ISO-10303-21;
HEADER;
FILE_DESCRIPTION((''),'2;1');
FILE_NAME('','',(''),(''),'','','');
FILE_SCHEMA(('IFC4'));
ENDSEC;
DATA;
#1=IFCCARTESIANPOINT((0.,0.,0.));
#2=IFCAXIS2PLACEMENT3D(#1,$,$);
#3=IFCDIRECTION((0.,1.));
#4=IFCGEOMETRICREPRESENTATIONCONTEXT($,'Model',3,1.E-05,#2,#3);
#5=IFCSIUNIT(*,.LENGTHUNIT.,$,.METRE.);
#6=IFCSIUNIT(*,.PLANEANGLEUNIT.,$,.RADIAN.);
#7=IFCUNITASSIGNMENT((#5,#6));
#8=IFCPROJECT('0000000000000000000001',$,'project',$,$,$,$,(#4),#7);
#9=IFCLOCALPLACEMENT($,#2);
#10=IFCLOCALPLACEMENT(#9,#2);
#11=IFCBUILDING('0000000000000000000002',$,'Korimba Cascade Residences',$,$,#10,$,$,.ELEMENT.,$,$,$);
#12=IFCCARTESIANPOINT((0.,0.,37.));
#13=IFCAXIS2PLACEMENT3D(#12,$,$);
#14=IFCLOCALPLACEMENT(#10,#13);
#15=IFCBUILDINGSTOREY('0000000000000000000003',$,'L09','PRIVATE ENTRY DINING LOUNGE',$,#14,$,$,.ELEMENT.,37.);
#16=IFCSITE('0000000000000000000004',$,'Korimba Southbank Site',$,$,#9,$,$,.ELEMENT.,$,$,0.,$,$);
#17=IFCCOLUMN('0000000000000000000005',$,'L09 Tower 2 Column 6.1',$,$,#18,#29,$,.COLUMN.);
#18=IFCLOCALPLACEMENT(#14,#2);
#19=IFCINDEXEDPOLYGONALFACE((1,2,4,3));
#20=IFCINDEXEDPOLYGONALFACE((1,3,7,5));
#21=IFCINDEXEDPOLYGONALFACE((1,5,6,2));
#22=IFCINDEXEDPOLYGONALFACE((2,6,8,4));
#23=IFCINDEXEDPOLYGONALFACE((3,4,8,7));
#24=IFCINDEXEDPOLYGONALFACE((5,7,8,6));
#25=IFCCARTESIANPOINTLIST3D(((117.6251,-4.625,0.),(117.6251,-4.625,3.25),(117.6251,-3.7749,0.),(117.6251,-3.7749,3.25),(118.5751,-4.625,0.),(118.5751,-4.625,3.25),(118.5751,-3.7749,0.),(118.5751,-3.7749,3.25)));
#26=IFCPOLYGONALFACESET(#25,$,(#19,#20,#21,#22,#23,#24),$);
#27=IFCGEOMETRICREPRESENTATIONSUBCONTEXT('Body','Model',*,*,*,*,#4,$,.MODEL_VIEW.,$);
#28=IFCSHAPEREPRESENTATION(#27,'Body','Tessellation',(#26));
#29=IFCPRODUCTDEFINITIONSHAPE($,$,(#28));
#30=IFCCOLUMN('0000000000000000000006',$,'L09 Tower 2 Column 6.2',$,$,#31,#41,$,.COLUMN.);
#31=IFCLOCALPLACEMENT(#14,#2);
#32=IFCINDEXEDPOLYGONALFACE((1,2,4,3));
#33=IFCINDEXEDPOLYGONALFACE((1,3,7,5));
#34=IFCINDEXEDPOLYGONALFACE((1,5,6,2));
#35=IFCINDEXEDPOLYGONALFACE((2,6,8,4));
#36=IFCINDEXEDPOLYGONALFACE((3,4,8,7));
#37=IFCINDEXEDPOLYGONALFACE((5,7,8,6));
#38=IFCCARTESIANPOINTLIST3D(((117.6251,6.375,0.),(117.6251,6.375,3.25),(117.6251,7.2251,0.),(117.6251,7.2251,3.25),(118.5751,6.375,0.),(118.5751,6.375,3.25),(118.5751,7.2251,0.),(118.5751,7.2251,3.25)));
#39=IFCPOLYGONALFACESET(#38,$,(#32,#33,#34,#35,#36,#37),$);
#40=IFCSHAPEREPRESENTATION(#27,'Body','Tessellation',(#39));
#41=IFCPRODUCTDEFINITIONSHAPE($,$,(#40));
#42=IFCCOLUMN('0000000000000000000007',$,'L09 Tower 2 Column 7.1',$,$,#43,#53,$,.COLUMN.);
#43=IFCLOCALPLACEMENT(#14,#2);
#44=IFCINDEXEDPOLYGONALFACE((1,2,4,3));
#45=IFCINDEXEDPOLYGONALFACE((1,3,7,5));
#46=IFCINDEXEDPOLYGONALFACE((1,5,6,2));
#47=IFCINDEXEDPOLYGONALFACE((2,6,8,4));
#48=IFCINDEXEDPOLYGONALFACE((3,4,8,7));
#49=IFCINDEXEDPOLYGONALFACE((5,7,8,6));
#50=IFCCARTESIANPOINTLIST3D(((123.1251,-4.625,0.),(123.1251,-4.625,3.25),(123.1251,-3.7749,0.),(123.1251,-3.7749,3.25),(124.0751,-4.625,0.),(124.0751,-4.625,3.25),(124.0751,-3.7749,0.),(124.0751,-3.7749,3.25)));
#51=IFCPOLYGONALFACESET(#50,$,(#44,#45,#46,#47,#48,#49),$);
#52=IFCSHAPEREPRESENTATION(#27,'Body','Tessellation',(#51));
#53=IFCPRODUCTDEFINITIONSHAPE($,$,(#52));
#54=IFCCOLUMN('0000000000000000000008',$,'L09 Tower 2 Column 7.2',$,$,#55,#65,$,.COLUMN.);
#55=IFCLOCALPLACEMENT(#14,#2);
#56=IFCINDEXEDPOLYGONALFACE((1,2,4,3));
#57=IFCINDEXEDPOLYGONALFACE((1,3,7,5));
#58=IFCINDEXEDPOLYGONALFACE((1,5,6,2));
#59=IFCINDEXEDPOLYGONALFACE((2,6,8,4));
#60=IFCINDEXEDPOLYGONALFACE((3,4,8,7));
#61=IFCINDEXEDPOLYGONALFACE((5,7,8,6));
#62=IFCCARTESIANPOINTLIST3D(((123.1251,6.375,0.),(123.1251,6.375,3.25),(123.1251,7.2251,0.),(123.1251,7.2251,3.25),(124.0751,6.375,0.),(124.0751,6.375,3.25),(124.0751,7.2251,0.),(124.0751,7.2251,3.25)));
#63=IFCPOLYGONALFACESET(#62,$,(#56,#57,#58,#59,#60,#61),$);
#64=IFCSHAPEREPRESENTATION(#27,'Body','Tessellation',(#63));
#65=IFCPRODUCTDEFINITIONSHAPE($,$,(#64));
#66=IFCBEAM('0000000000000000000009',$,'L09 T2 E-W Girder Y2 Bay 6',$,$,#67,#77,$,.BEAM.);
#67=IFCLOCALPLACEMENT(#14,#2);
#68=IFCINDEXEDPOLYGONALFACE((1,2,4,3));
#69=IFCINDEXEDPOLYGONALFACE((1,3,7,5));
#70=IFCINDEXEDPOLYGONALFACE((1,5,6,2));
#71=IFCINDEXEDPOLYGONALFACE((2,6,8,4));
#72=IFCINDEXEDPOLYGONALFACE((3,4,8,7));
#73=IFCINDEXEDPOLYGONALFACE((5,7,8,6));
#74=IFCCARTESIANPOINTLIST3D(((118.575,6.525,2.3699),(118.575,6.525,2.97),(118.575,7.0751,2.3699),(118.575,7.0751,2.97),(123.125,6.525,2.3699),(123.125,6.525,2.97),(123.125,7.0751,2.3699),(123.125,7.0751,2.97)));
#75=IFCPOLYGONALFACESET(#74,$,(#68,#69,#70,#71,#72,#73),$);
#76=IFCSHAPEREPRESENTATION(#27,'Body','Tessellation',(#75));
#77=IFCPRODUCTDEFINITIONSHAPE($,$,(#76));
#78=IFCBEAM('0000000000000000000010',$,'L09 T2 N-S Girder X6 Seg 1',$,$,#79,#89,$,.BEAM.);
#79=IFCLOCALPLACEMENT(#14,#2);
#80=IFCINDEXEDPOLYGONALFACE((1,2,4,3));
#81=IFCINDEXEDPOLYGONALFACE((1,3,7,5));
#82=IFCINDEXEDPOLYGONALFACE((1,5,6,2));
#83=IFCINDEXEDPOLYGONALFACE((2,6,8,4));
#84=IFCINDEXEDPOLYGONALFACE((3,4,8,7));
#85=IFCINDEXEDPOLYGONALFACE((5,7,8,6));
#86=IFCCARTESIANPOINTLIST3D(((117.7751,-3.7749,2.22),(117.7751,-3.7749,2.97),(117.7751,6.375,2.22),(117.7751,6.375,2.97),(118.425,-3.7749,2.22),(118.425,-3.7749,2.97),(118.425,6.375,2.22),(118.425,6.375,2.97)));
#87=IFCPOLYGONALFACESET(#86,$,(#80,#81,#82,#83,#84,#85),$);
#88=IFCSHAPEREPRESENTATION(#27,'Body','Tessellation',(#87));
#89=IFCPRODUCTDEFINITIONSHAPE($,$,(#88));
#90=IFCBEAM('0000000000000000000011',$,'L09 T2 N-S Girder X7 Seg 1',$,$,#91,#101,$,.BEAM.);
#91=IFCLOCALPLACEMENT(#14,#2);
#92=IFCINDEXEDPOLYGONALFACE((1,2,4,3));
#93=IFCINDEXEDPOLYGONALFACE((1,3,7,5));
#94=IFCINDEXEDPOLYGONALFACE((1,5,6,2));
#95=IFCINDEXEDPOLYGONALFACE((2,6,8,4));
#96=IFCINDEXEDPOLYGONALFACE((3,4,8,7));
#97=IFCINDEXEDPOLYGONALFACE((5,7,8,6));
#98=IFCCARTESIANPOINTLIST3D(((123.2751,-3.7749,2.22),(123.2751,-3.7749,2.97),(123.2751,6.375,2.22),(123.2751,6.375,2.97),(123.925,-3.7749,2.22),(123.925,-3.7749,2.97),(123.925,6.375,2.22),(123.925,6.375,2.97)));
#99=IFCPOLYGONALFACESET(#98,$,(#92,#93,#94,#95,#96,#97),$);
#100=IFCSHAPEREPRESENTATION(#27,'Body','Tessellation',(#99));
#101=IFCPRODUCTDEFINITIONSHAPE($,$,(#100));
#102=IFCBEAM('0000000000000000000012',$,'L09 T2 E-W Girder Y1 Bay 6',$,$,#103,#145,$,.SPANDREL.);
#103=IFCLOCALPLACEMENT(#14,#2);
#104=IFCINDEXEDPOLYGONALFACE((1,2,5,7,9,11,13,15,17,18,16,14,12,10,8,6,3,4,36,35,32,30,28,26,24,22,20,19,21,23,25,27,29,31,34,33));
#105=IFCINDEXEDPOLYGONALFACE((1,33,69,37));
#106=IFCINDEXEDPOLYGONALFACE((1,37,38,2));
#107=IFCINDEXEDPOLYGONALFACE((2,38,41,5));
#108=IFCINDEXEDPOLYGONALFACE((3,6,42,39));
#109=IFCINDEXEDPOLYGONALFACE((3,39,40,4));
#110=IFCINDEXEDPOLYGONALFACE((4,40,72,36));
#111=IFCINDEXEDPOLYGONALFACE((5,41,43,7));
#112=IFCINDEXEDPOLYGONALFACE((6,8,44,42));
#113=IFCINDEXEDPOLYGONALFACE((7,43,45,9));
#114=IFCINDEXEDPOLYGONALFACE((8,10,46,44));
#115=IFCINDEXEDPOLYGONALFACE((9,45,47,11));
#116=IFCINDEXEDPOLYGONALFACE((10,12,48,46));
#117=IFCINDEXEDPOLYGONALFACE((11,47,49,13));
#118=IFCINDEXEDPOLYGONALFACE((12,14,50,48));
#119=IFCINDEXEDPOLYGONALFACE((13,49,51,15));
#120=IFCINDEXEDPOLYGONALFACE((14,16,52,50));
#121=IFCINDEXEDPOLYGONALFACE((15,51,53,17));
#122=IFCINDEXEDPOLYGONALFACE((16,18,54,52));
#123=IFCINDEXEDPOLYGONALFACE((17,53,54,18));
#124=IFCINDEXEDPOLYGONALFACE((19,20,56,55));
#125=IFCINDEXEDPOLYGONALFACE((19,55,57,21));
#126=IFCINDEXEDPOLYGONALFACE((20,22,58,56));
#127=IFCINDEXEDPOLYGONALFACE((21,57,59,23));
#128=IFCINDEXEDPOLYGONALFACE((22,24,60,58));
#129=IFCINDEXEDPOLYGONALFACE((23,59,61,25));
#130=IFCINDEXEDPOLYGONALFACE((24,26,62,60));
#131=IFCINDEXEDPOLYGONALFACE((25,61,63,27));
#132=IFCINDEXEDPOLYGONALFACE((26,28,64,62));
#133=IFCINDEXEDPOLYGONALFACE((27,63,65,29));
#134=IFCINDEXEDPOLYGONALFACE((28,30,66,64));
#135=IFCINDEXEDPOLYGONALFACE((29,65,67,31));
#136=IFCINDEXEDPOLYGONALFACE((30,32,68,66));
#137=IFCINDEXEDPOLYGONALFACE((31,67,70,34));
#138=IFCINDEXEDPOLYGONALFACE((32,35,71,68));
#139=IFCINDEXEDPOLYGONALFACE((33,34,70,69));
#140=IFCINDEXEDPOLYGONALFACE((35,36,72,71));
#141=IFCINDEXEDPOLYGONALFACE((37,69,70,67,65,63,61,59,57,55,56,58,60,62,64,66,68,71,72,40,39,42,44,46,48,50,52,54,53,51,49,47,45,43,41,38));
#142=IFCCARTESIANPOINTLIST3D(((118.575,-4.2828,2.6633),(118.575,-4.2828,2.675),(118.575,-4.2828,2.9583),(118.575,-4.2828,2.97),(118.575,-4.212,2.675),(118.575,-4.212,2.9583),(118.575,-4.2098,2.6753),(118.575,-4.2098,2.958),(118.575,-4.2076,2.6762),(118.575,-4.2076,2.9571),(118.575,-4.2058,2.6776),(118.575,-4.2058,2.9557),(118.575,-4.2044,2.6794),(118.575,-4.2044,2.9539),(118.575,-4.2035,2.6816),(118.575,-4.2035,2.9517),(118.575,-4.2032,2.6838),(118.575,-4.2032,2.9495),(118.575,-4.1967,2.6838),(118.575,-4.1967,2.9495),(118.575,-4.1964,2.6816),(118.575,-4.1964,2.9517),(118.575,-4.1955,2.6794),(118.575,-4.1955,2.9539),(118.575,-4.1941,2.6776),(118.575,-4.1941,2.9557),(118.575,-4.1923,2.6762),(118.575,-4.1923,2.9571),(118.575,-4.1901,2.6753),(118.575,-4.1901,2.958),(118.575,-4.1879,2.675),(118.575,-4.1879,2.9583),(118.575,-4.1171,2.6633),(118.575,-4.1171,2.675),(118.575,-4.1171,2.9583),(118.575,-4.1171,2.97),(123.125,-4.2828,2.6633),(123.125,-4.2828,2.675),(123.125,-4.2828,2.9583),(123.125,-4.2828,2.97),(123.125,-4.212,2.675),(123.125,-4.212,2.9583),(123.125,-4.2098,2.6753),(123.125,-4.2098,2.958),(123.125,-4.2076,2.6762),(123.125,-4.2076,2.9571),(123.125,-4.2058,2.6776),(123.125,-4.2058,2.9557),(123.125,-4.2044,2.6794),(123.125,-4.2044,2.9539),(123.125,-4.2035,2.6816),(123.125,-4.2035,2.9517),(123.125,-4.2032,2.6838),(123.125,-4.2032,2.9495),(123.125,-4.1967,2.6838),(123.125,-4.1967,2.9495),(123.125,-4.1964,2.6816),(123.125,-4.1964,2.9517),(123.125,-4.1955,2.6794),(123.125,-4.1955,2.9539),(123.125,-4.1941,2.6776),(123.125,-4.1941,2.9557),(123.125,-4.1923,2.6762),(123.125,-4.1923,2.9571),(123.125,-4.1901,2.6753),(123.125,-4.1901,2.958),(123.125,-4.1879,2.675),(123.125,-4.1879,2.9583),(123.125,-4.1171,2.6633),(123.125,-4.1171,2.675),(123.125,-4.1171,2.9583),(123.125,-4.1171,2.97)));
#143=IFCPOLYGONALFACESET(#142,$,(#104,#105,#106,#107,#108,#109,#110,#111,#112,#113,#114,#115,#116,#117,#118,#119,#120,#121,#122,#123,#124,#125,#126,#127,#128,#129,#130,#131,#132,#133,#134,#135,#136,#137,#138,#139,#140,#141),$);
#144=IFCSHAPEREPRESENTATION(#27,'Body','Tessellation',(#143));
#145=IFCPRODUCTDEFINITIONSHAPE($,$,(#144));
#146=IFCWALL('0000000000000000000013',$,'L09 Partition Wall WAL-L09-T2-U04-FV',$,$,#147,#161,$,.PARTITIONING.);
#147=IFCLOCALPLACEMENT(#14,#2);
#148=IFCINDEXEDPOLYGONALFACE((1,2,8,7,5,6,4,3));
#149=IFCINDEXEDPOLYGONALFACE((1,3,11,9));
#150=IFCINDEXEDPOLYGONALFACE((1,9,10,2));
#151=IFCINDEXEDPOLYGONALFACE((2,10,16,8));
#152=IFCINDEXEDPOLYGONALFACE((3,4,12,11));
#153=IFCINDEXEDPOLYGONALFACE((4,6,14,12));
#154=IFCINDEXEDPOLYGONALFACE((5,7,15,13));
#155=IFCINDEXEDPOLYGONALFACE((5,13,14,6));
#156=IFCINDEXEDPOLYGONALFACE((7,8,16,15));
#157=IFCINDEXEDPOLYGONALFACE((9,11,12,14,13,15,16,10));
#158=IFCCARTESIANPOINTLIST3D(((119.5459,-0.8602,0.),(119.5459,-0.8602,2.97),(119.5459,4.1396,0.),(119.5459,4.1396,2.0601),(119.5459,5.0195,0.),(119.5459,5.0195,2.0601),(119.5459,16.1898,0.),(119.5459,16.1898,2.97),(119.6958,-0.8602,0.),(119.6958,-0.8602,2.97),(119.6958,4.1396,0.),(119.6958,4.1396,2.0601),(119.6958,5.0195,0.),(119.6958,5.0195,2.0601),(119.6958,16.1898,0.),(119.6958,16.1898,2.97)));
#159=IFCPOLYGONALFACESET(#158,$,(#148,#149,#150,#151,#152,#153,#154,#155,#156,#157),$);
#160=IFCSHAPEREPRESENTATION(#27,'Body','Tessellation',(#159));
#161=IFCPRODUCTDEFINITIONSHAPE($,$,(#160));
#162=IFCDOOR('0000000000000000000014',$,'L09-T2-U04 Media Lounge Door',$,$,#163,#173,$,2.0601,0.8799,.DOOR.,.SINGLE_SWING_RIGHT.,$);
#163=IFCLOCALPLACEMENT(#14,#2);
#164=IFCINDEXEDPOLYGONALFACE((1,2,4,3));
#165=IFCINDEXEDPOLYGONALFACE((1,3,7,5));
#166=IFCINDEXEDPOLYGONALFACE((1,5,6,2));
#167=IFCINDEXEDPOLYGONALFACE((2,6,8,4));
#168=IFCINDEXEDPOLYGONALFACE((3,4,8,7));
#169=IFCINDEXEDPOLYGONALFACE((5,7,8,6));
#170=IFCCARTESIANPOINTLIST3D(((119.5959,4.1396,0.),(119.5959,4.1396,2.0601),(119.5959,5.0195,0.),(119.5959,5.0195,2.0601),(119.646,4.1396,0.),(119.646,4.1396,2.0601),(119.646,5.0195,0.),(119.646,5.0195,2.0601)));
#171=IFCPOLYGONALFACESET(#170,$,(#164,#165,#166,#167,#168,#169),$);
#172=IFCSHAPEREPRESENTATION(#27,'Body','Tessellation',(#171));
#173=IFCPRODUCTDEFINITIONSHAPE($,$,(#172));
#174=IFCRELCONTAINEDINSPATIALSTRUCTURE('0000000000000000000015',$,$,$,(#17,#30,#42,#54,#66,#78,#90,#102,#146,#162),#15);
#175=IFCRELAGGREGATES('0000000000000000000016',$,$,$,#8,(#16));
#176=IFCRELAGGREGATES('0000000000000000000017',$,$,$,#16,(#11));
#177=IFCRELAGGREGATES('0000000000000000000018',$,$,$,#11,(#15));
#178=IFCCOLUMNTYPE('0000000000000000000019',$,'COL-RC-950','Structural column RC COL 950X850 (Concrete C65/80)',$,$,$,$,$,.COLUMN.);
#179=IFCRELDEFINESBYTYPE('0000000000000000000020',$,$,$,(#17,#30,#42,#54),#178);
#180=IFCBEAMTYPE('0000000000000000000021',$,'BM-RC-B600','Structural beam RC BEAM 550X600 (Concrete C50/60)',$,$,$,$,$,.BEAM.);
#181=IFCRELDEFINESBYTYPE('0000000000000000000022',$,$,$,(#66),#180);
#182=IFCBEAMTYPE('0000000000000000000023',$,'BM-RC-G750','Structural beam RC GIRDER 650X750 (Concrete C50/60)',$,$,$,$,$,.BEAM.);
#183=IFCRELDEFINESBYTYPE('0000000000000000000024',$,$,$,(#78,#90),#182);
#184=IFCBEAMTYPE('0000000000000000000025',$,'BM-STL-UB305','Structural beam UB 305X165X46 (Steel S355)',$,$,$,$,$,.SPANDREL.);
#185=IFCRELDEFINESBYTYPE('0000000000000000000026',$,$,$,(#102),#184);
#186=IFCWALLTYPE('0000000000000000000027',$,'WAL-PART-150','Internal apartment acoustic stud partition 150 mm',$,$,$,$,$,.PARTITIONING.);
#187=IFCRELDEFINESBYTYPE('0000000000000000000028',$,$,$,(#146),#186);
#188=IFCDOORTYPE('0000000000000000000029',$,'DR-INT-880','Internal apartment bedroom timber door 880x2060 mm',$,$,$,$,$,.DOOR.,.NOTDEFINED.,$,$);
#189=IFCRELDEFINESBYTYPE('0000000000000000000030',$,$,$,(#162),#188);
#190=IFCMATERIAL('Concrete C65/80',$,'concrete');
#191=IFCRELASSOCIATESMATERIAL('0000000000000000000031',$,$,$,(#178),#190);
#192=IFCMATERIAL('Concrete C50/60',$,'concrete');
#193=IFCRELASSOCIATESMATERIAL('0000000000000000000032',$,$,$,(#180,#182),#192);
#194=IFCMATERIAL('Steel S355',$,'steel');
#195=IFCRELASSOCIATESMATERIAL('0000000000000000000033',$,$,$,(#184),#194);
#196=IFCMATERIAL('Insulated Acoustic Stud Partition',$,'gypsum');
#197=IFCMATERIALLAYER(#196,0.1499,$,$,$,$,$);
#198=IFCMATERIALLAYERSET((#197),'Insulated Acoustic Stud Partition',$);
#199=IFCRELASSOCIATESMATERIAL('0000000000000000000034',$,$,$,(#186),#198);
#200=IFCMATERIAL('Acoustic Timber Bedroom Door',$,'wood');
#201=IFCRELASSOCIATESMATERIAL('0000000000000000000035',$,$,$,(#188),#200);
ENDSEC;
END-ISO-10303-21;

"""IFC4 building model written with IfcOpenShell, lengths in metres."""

from ifc_helpers import new_model, si_unit, direction, frame, frame_2d, origin, origin_2d, place, context, subcontext, project, spatial, rectangle, i_section, extrude, material, layer, layer_set, material_profile, profile_set, type_object, element, fill, save


model = new_model("IFC4")

# Units and contexts
model_context = context("Model", 3, precision=1e-05, world=origin(), true_north=direction((0.0, 1.0)))
body_context = subcontext(model_context, "Body", "Model", "MODEL_VIEW")
ifc_project = project(units=[si_unit("LENGTHUNIT", "METRE"), si_unit("PLANEANGLEUNIT", "RADIAN")], contexts=[model_context])

# Site, building, storey
site_placement = place(None, origin())
site = spatial("IfcSite", under=ifc_project, at=site_placement, Name="Korimba Southbank Site", CompositionType="ELEMENT", RefElevation=0.0)
building_placement = place(site_placement, origin())
building = spatial("IfcBuilding", under=site, at=building_placement, Name="Korimba Cascade Residences", CompositionType="ELEMENT")
storey_placement = place(building_placement, frame((0.0, 0.0, 37.0)))
storey = spatial("IfcBuildingStorey", under=building, at=storey_placement, Name="L09", Description="PRIVATE ENTRY DINING LOUNGE", CompositionType="ELEMENT", Elevation=37.0)

# Columns
ifc_material_1 = material(Name="Concrete C65/80", Category="concrete")
ifc_material_profile_1 = material_profile(ifc_material_1, rectangle(XDim=0.95, YDim=0.8501, at=origin_2d()), Name="Concrete C65/80")
ifc_profile_set_1 = profile_set([ifc_material_profile_1], Name="Concrete C65/80")
column_type = type_object("IfcColumnType", Name="COL-RC-950", Description="Structural column RC COL 950X850 (Concrete C65/80)", PredefinedType="COLUMN", material=ifc_profile_set_1)
for number, where, z_axis, x_axis, name in (
    (1, (118.1001, -4.2, 0.0), (0.0, 0.0, 1.0), (1.0, 0.0, 0.0), "L09 Tower 2 Column 6.1"),
    (2, (118.1001, 6.8, 0.0), (0.0, 0.0, 1.0), (1.0, 0.0, 0.0), "L09 Tower 2 Column 6.2"),
    (3, (123.6001, -4.2, 0.0), (0.0, 0.0, 1.0), (1.0, 0.0, 0.0), "L09 Tower 2 Column 7.1"),
    (4, (123.6001, 6.8, 0.0), (0.0, 0.0, 1.0), (1.0, 0.0, 0.0), "L09 Tower 2 Column 7.2"),
):
    element("IfcColumn", number, at=place(storey_placement, frame(where, z_axis=z_axis, x_axis=x_axis)), inside=storey, type_object=column_type, Name=name, PredefinedType="COLUMN", context=body_context, shape_type="SweptSolid", body=[
        extrude(rectangle(XDim=0.95, YDim=0.8501, at=origin_2d()), origin(), (0.0, 0.0, 1.0), 3.25),
    ])

# Beams
ifc_material_2 = material(Name="Concrete C50/60", Category="concrete")
ifc_material_profile_2 = material_profile(ifc_material_2, rectangle(XDim=0.55, YDim=0.6001, at=origin_2d()), Name="Concrete C50/60")
ifc_profile_set_2 = profile_set([ifc_material_profile_2], Name="Concrete C50/60")
beam_type_1 = type_object("IfcBeamType", Name="BM-RC-B600", Description="Structural beam RC BEAM 550X600 (Concrete C50/60)", PredefinedType="BEAM", material=ifc_profile_set_2)
beam_1_placement = place(storey_placement, frame((118.575, 6.8, 2.6699), z_axis=(1.0, 0.0, 0.0), x_axis=(0.0, 1.0, 0.0)))
element("IfcBeam", 5, at=beam_1_placement, inside=storey, type_object=beam_type_1, Name="L09 T2 E-W Girder Y2 Bay 6", PredefinedType="BEAM", context=body_context, shape_type="SweptSolid", body=[
    extrude(rectangle(XDim=0.55, YDim=0.6001, at=origin_2d()), origin(), (0.0, 0.0, 1.0), 4.55),
])
ifc_material_profile_3 = material_profile(ifc_material_2, rectangle(XDim=0.6499, YDim=0.75, at=origin_2d()), Name="Concrete C50/60")
ifc_profile_set_3 = profile_set([ifc_material_profile_3], Name="Concrete C50/60")
beam_type_2 = type_object("IfcBeamType", Name="BM-RC-G750", Description="Structural beam RC GIRDER 650X750 (Concrete C50/60)", PredefinedType="BEAM", material=ifc_profile_set_3)
for number, where, z_axis, x_axis, name in (
    (6, (118.1001, -3.7749, 2.595), (0.0, 1.0, 0.0), (-1.0, 0.0, 0.0), "L09 T2 N-S Girder X6 Seg 1"),
    (7, (123.6001, -3.7749, 2.595), (0.0, 1.0, 0.0), (-1.0, 0.0, 0.0), "L09 T2 N-S Girder X7 Seg 1"),
):
    element("IfcBeam", number, at=place(storey_placement, frame(where, z_axis=z_axis, x_axis=x_axis)), inside=storey, type_object=beam_type_2, Name=name, PredefinedType="BEAM", context=body_context, shape_type="SweptSolid", body=[
        extrude(rectangle(XDim=0.6499, YDim=0.75, at=origin_2d()), origin(), (0.0, 0.0, 1.0), 10.1499),
    ])
ifc_material_3 = material(Name="Steel S355", Category="steel")
ifc_material_profile_4 = material_profile(ifc_material_3, i_section(OverallWidth=0.1658, OverallDepth=0.3066, WebThickness=0.0066, FlangeThickness=0.0117, FilletRadius=0.0088, at=origin_2d()), Name="Steel S355")
ifc_profile_set_4 = profile_set([ifc_material_profile_4], Name="Steel S355")
beam_type_3 = type_object("IfcBeamType", Name="BM-STL-UB305", Description="Structural beam UB 305X165X46 (Steel S355)", PredefinedType="SPANDREL", material=ifc_profile_set_4)
beam_2_placement = place(storey_placement, frame((118.575, -4.2, 2.8167), z_axis=(1.0, 0.0, 0.0), x_axis=(0.0, 1.0, 0.0)))
element("IfcBeam", 8, at=beam_2_placement, inside=storey, type_object=beam_type_3, Name="L09 T2 E-W Girder Y1 Bay 6", PredefinedType="SPANDREL", context=body_context, shape_type="SweptSolid", body=[
    extrude(i_section(OverallWidth=0.1658, OverallDepth=0.3066, WebThickness=0.0066, FlangeThickness=0.0117, FilletRadius=0.0088, at=origin_2d()), origin(), (0.0, 0.0, 1.0), 4.55),
])

# Wall, opening, door
ifc_material_4 = material(Name="Insulated Acoustic Stud Partition", Category="gypsum")
ifc_layer = layer(ifc_material_4, 0.1499)
ifc_layer_set = layer_set([ifc_layer], Name="Insulated Acoustic Stud Partition")
wall_type = type_object("IfcWallType", Name="WAL-PART-150", Description="Internal apartment acoustic stud partition 150 mm", PredefinedType="PARTITIONING", material=ifc_layer_set)
wall_1_placement = place(storey_placement, frame((119.6208, -0.8601, 0.0), z_axis=(0.0, 0.0, 1.0), x_axis=(0.0, 1.0, 0.0)))
wall_1 = element("IfcWall", 9, at=wall_1_placement, inside=storey, type_object=wall_type, Name="L09 Partition Wall WAL-L09-T2-U04-FV", PredefinedType="PARTITIONING", context=body_context, shape_type="SweptSolid", body=[
    extrude(rectangle(XDim=17.05, YDim=0.1499, at=frame_2d((8.5249, 0.0))), origin(), (0.0, 0.0, 1.0), 2.97),
])
opening_1_placement = place(wall_1_placement, frame((4.9998, 0.0, 0.0)))
opening_1 = element("IfcOpeningElement", 10, at=opening_1_placement, cuts=wall_1, PredefinedType="OPENING", context=body_context, shape_type="SweptSolid", body=[
    extrude(rectangle(XDim=0.8799, YDim=2.0601, at=frame_2d((0.4399, 1.03))), frame((0.0, 0.085, 0.0), z_axis=(0.0, -1.0, 0.0), x_axis=(1.0, 0.0, 0.0)), (0.0, 0.0, 1.0), 0.1699),
])
ifc_material_5 = material(Name="Acoustic Timber Bedroom Door", Category="wood")
door_type_1 = type_object("IfcDoorType", Name="DR-INT-880", Description="Internal apartment bedroom timber door 880x2060 mm", OperationType="NOTDEFINED", PredefinedType="DOOR", material=ifc_material_5)
door_1_placement = place(opening_1_placement, origin())
door_1 = element("IfcDoor", 11, at=door_1_placement, inside=storey, type_object=door_type_1, Name="L09-T2-U04 Media Lounge Door", OperationType="SINGLE_SWING_RIGHT", OverallHeight=2.0601, OverallWidth=0.8799, PredefinedType="DOOR", context=body_context, shape_type="SweptSolid", body=[
    extrude(rectangle(XDim=0.8799, YDim=2.0601, at=frame_2d((0.4399, 1.03))), frame((0.0, 0.0249, 0.0), z_axis=(0.0, -1.0, 0.0), x_axis=(1.0, 0.0, 0.0)), (0.0, 0.0, 1.0), 0.05),
])
fill(opening_1, door_1)

save(model, "model.ifc")
